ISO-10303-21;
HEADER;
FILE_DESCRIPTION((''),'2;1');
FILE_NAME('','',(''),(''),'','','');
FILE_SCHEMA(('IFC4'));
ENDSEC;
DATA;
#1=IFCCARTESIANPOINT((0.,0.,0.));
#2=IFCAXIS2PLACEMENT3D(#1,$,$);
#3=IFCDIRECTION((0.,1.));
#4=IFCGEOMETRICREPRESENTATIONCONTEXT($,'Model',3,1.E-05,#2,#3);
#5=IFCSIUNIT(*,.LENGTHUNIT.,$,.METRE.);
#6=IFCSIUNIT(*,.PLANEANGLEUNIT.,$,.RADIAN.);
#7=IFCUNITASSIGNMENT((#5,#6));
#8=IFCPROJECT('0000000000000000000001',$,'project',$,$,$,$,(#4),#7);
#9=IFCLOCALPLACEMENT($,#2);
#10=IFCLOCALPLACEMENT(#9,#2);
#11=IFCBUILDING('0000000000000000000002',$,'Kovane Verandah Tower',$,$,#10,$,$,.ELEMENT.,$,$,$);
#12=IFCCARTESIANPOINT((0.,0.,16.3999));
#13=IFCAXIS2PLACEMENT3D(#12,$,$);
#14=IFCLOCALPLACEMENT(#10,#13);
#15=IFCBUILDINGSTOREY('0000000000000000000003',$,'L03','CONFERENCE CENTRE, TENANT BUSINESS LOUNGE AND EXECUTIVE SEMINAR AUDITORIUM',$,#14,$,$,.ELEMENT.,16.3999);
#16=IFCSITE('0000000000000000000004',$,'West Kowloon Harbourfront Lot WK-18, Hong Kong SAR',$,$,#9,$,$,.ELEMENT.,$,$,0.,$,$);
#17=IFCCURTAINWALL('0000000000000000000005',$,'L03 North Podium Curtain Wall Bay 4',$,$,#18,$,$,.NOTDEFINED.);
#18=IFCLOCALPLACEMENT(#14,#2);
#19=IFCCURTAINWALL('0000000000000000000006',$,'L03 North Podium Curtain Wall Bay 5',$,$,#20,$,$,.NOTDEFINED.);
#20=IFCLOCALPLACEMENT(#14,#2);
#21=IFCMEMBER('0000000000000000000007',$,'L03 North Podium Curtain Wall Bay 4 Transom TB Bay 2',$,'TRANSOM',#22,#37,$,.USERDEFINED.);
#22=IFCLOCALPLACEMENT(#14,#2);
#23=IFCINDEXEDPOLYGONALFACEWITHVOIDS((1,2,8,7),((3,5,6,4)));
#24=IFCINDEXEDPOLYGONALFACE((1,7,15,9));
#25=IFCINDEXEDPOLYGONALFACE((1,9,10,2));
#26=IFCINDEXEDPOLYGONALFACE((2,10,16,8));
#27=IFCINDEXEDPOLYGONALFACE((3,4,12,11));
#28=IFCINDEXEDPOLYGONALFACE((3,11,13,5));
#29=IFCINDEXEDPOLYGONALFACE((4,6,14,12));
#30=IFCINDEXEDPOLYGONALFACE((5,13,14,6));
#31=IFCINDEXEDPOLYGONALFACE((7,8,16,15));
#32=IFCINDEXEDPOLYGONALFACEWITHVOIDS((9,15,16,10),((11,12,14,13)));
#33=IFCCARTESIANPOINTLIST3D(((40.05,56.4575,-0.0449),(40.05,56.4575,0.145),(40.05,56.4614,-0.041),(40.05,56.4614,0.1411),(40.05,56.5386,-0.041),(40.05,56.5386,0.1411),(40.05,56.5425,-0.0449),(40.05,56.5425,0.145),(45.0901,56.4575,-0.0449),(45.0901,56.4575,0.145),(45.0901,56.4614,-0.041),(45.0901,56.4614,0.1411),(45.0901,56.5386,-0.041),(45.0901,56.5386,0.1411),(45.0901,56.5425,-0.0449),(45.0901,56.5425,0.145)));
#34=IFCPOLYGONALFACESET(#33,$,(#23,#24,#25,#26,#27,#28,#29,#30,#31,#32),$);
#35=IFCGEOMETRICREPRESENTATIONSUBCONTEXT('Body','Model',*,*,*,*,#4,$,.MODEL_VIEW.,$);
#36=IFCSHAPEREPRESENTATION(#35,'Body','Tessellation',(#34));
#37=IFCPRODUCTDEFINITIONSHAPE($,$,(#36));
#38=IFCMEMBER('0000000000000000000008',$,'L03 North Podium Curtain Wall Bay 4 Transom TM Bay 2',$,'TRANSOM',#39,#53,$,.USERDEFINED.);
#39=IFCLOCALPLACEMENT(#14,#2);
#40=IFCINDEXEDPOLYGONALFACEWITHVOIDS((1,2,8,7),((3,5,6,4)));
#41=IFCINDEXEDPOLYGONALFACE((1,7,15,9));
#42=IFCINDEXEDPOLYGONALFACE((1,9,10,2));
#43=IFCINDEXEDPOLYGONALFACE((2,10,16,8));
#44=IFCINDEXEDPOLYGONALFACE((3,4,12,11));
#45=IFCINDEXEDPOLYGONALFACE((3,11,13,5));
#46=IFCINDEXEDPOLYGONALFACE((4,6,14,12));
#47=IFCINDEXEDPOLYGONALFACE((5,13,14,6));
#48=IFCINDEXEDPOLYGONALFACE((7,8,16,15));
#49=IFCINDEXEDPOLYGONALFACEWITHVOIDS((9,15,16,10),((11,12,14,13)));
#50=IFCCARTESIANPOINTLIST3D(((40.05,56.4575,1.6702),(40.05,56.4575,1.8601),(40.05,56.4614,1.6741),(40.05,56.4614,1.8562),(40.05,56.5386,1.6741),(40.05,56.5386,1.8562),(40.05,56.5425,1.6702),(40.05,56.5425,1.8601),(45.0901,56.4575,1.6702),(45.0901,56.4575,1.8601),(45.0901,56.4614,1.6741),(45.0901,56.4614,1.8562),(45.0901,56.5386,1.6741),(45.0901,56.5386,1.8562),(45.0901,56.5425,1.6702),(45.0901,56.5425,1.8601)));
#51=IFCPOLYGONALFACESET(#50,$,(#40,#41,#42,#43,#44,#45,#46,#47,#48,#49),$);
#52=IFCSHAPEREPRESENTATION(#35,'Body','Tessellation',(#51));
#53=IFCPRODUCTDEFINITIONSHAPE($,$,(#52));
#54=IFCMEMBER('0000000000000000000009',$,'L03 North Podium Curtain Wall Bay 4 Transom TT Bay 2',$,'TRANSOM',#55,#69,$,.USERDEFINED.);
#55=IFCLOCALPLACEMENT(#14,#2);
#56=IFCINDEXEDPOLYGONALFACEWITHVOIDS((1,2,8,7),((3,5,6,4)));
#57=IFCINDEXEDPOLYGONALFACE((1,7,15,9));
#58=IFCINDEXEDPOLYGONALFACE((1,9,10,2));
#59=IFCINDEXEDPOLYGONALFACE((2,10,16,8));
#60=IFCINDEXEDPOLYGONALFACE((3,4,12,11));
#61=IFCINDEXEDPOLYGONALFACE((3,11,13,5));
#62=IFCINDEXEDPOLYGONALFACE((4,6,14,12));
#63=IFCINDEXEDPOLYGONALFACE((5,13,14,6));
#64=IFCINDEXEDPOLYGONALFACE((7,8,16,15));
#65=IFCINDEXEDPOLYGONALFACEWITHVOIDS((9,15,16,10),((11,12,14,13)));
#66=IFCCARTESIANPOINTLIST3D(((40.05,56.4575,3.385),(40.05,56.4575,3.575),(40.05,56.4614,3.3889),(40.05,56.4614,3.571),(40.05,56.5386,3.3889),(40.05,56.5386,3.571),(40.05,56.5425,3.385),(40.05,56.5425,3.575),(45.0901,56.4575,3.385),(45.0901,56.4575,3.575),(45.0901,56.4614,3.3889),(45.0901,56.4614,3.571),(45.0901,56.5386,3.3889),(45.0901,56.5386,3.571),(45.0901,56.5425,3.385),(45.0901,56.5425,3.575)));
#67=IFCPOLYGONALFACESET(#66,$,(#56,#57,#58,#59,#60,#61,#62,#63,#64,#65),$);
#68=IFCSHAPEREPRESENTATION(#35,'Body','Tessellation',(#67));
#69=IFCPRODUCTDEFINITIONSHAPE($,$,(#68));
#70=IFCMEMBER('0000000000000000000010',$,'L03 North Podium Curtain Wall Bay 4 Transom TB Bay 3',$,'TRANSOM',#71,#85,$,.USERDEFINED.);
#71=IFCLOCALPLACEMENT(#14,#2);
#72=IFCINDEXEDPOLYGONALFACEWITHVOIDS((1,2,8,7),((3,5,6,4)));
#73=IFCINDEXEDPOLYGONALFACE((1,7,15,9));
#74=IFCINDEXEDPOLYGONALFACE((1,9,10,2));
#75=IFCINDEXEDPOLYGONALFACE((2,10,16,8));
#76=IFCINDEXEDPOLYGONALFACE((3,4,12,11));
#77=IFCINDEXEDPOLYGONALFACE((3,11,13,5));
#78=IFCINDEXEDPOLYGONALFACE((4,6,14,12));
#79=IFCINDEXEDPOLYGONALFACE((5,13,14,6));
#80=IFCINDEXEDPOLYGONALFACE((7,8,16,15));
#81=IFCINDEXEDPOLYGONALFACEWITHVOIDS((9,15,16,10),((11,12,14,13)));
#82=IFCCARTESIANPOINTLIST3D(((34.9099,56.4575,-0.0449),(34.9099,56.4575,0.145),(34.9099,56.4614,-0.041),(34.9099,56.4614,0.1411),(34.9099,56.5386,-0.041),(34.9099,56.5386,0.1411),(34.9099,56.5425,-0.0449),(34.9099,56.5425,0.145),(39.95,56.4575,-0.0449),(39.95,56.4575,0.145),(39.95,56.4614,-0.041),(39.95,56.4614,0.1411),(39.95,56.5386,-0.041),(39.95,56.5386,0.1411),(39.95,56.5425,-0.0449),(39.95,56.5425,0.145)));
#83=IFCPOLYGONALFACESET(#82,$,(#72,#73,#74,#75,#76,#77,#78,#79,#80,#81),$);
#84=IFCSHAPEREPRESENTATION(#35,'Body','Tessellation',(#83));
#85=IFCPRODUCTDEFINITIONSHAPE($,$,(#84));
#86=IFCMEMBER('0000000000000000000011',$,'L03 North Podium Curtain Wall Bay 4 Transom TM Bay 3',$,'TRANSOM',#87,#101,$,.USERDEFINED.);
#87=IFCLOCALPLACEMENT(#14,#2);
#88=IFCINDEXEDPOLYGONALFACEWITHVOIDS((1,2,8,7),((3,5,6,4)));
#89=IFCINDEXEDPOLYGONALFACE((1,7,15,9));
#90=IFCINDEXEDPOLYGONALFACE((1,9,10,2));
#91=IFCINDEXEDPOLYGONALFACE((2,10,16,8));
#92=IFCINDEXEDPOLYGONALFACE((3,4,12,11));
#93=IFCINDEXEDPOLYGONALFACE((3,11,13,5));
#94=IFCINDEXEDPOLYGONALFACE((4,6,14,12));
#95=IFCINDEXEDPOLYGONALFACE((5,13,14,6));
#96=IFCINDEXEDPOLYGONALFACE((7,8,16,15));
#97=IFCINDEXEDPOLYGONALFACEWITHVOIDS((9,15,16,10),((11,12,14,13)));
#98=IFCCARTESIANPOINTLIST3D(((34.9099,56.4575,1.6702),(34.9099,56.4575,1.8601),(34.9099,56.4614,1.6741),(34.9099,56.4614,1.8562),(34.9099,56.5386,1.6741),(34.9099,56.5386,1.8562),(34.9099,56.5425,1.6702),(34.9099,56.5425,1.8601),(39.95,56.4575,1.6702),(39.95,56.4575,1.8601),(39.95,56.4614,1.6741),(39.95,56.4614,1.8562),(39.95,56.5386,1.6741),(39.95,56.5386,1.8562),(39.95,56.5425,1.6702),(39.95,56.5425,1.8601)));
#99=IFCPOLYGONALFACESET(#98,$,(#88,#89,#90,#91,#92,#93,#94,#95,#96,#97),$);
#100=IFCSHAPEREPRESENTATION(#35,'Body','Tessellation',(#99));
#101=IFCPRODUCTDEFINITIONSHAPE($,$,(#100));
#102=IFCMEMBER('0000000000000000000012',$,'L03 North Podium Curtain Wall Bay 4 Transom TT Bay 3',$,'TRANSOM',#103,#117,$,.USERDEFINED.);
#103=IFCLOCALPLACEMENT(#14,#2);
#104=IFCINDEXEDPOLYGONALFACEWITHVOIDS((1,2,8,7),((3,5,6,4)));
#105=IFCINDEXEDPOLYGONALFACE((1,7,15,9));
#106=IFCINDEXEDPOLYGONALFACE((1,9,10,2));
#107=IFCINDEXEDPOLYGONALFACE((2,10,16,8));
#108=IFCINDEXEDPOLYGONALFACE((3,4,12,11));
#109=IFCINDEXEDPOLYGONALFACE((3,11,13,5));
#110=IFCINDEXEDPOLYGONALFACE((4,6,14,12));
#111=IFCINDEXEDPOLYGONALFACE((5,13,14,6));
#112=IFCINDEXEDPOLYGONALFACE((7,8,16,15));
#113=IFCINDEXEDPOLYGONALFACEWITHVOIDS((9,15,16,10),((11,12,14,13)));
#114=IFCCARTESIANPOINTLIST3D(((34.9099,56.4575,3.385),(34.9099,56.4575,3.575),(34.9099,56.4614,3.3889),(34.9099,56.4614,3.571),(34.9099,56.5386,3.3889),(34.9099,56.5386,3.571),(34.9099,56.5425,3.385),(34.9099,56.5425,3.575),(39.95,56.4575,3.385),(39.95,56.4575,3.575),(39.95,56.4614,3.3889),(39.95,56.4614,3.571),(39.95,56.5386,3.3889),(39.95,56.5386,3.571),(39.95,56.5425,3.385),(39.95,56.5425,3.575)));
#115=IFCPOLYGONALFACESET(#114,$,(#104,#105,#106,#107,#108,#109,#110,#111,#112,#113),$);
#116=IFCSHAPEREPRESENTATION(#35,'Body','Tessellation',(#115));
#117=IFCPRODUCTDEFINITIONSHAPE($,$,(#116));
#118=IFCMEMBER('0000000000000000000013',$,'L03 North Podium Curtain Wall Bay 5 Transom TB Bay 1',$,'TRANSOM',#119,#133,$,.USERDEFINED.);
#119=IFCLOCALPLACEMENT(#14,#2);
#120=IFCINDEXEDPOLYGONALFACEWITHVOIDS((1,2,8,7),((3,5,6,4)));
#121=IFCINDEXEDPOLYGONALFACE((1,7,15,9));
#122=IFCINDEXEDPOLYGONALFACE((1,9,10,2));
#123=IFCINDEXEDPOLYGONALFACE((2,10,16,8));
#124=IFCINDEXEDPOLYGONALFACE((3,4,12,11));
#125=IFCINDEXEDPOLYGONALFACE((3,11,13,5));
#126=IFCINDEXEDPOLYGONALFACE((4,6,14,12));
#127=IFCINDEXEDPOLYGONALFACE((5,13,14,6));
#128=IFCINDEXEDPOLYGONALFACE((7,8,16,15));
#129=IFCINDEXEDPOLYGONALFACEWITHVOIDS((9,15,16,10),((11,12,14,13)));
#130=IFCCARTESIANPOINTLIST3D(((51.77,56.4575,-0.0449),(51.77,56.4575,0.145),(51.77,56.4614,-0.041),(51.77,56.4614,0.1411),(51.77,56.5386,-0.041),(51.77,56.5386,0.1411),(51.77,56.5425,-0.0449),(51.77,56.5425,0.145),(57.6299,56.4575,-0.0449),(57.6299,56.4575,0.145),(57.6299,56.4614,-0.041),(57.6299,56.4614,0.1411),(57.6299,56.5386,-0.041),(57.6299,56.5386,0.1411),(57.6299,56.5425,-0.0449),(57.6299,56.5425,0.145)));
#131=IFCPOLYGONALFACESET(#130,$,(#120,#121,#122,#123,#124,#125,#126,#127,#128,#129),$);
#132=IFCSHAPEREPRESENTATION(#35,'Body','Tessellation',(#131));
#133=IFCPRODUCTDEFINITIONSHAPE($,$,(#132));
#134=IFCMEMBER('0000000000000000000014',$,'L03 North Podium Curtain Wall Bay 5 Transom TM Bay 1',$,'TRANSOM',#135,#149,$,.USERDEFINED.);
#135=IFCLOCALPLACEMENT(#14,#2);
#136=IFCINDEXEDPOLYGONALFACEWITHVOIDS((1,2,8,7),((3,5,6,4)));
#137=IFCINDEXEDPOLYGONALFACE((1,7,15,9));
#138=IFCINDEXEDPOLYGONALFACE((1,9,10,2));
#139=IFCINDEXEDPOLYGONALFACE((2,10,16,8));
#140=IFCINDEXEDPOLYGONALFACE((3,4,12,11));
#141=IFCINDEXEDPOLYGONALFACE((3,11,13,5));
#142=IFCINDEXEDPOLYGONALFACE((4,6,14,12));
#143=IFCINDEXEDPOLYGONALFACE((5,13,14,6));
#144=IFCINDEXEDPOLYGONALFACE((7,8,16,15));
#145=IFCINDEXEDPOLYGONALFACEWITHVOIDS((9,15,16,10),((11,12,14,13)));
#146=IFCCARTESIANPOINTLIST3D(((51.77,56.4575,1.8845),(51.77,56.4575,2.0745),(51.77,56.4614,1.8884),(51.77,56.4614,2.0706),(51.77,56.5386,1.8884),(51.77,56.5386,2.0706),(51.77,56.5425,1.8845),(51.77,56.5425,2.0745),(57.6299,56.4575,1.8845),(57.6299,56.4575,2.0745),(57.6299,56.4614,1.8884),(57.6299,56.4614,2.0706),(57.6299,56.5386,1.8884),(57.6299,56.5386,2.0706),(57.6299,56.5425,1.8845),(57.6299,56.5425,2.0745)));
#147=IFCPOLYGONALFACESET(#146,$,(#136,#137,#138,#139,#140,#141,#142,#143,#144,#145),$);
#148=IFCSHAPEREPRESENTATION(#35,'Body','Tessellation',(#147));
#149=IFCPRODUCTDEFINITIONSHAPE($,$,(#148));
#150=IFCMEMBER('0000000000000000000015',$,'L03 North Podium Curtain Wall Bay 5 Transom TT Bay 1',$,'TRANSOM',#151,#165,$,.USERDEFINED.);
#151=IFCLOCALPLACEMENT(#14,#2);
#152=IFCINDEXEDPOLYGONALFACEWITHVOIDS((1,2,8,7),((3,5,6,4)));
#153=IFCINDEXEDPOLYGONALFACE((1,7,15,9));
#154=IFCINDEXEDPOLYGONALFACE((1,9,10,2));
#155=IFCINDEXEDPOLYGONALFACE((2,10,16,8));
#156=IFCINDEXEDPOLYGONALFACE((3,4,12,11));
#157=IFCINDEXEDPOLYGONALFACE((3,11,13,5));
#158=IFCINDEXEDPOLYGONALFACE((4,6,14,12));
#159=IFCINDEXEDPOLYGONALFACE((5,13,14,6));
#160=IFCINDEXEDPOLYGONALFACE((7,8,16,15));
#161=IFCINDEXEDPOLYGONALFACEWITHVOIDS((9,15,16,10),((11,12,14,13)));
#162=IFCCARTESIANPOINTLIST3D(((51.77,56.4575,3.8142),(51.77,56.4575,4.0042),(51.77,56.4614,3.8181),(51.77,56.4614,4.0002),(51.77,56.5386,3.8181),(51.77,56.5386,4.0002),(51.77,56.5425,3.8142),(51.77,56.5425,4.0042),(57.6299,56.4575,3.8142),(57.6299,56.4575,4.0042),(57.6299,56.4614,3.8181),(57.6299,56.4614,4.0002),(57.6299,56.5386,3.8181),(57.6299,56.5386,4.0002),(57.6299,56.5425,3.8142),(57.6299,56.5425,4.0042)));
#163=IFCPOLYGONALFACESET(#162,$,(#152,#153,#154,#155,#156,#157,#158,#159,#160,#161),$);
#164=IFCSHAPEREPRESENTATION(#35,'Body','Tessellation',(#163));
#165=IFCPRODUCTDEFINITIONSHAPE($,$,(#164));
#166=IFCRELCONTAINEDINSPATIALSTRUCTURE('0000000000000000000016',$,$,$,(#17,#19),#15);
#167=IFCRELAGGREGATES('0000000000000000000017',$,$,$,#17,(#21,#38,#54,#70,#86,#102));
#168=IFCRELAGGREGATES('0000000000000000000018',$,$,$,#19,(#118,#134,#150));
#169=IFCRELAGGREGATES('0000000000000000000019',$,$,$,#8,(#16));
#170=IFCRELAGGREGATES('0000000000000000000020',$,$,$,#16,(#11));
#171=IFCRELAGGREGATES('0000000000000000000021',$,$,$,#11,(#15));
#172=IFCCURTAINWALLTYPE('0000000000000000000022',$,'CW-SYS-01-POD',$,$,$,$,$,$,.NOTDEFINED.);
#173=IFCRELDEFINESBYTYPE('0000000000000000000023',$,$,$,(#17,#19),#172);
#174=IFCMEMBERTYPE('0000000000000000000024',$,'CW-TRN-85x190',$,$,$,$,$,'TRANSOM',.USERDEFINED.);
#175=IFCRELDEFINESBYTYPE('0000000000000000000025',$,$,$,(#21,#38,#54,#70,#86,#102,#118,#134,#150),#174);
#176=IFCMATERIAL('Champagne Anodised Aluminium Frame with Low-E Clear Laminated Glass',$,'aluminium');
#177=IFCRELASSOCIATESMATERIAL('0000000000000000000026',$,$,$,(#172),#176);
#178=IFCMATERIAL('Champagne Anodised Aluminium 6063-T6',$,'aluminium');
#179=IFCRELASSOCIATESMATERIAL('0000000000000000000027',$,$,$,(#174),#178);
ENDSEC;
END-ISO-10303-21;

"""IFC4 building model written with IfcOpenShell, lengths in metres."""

from ifc_helpers import new_model, si_unit, direction, frame, origin, origin_2d, place, context, subcontext, project, spatial, hollow_rectangle, extrude, material, material_profile, profile_set, type_object, element, aggregate, save


model = new_model("IFC4")

# Units and contexts
model_context = context("Model", 3, precision=1e-05, world=origin(), true_north=direction((0.0, 1.0)))
body_context = subcontext(model_context, "Body", "Model", "MODEL_VIEW")
ifc_project = project(units=[si_unit("LENGTHUNIT", "METRE"), si_unit("PLANEANGLEUNIT", "RADIAN")], contexts=[model_context])

# Site, building, storey
site_placement = place(None, origin())
site = spatial("IfcSite", under=ifc_project, at=site_placement, Name="West Kowloon Harbourfront Lot WK-18, Hong Kong SAR", CompositionType="ELEMENT", RefElevation=0.0)
building_placement = place(site_placement, origin())
building = spatial("IfcBuilding", under=site, at=building_placement, Name="Kovane Verandah Tower", CompositionType="ELEMENT")
storey_placement = place(building_placement, frame((0.0, 0.0, 16.3999)))
storey = spatial("IfcBuildingStorey", under=building, at=storey_placement, Name="L03", Description="CONFERENCE CENTRE, TENANT BUSINESS LOUNGE AND EXECUTIVE SEMINAR AUDITORIUM", CompositionType="ELEMENT", Elevation=16.3999)

# Curtain walls
ifc_material_1 = material(Name="Champagne Anodised Aluminium Frame with Low-E Clear Laminated Glass", Category="aluminium")
curtain_wall_type = type_object("IfcCurtainWallType", Name="CW-SYS-01-POD", PredefinedType="NOTDEFINED", material=ifc_material_1)
curtain_wall_1_placement = place(storey_placement, origin())
curtain_wall_1 = element("IfcCurtainWall", 1, at=curtain_wall_1_placement, inside=storey, type_object=curtain_wall_type, Name="L03 North Podium Curtain Wall Bay 4", PredefinedType="NOTDEFINED")
ifc_material_2 = material(Name="Champagne Anodised Aluminium 6063-T6", Category="aluminium")
curtain_wall_2_placement = place(storey_placement, origin())
curtain_wall_2 = element("IfcCurtainWall", 2, at=curtain_wall_2_placement, inside=storey, type_object=curtain_wall_type, Name="L03 North Podium Curtain Wall Bay 5", PredefinedType="NOTDEFINED")

# Members
ifc_material_profile_1 = material_profile(ifc_material_2, hollow_rectangle(XDim=0.085, YDim=0.1899, WallThickness=0.0039, at=origin_2d()), Name="AL85x190x4")
ifc_profile_set_1 = profile_set([ifc_material_profile_1], Name="Champagne Anodised Aluminium 6063-T6")
member_type_1 = type_object("IfcMemberType", Name="CW-TRN-85x190", ElementType="TRANSOM", PredefinedType="USERDEFINED", material=ifc_profile_set_1)
member_1_placement = place(storey_placement, frame((45.0901, 56.5, 0.05), z_axis=(-1.0, 0.0, 0.0), x_axis=(0.0, -1.0, 0.0)))
member_1 = element("IfcMember", 3, at=member_1_placement, type_object=member_type_1, Name="L03 North Podium Curtain Wall Bay 4 Transom TB Bay 2", ObjectType="TRANSOM", PredefinedType="USERDEFINED", context=body_context, shape_type="SweptSolid", body=[
    extrude(hollow_rectangle(XDim=0.085, YDim=0.1899, WallThickness=0.0039, at=origin_2d()), origin(), (0.0, 0.0, 1.0), 5.04),
])
member_2_placement = place(storey_placement, frame((45.0901, 56.5, 1.7651), z_axis=(-1.0, 0.0, 0.0), x_axis=(0.0, -1.0, 0.0)))
member_2 = element("IfcMember", 4, at=member_2_placement, type_object=member_type_1, Name="L03 North Podium Curtain Wall Bay 4 Transom TM Bay 2", ObjectType="TRANSOM", PredefinedType="USERDEFINED", context=body_context, shape_type="SweptSolid", body=[
    extrude(hollow_rectangle(XDim=0.085, YDim=0.1899, WallThickness=0.0039, at=origin_2d()), origin(), (0.0, 0.0, 1.0), 5.04),
])
member_3_placement = place(storey_placement, frame((45.0901, 56.5, 3.48), z_axis=(-1.0, 0.0, 0.0), x_axis=(0.0, -1.0, 0.0)))
member_3 = element("IfcMember", 5, at=member_3_placement, type_object=member_type_1, Name="L03 North Podium Curtain Wall Bay 4 Transom TT Bay 2", ObjectType="TRANSOM", PredefinedType="USERDEFINED", context=body_context, shape_type="SweptSolid", body=[
    extrude(hollow_rectangle(XDim=0.085, YDim=0.1899, WallThickness=0.0039, at=origin_2d()), origin(), (0.0, 0.0, 1.0), 5.04),
])
member_4_placement = place(storey_placement, frame((39.95, 56.5, 0.05), z_axis=(-1.0, 0.0, 0.0), x_axis=(0.0, -1.0, 0.0)))
member_4 = element("IfcMember", 6, at=member_4_placement, type_object=member_type_1, Name="L03 North Podium Curtain Wall Bay 4 Transom TB Bay 3", ObjectType="TRANSOM", PredefinedType="USERDEFINED", context=body_context, shape_type="SweptSolid", body=[
    extrude(hollow_rectangle(XDim=0.085, YDim=0.1899, WallThickness=0.0039, at=origin_2d()), origin(), (0.0, 0.0, 1.0), 5.04),
])
member_5_placement = place(storey_placement, frame((39.95, 56.5, 1.7651), z_axis=(-1.0, 0.0, 0.0), x_axis=(0.0, -1.0, 0.0)))
member_5 = element("IfcMember", 7, at=member_5_placement, type_object=member_type_1, Name="L03 North Podium Curtain Wall Bay 4 Transom TM Bay 3", ObjectType="TRANSOM", PredefinedType="USERDEFINED", context=body_context, shape_type="SweptSolid", body=[
    extrude(hollow_rectangle(XDim=0.085, YDim=0.1899, WallThickness=0.0039, at=origin_2d()), origin(), (0.0, 0.0, 1.0), 5.04),
])
member_6_placement = place(storey_placement, frame((39.95, 56.5, 3.48), z_axis=(-1.0, 0.0, 0.0), x_axis=(0.0, -1.0, 0.0)))
member_6 = element("IfcMember", 8, at=member_6_placement, type_object=member_type_1, Name="L03 North Podium Curtain Wall Bay 4 Transom TT Bay 3", ObjectType="TRANSOM", PredefinedType="USERDEFINED", context=body_context, shape_type="SweptSolid", body=[
    extrude(hollow_rectangle(XDim=0.085, YDim=0.1899, WallThickness=0.0039, at=origin_2d()), origin(), (0.0, 0.0, 1.0), 5.04),
])
member_7_placement = place(storey_placement, frame((57.6299, 56.5, 0.05), z_axis=(-1.0, 0.0, 0.0), x_axis=(0.0, -1.0, 0.0)))
member_7 = element("IfcMember", 9, at=member_7_placement, type_object=member_type_1, Name="L03 North Podium Curtain Wall Bay 5 Transom TB Bay 1", ObjectType="TRANSOM", PredefinedType="USERDEFINED", context=body_context, shape_type="SweptSolid", body=[
    extrude(hollow_rectangle(XDim=0.085, YDim=0.1899, WallThickness=0.0039, at=origin_2d()), origin(), (0.0, 0.0, 1.0), 5.8599),
])
member_8_placement = place(storey_placement, frame((57.6299, 56.5, 1.9795), z_axis=(-1.0, 0.0, 0.0), x_axis=(0.0, -1.0, 0.0)))
member_8 = element("IfcMember", 10, at=member_8_placement, type_object=member_type_1, Name="L03 North Podium Curtain Wall Bay 5 Transom TM Bay 1", ObjectType="TRANSOM", PredefinedType="USERDEFINED", context=body_context, shape_type="SweptSolid", body=[
    extrude(hollow_rectangle(XDim=0.085, YDim=0.1899, WallThickness=0.0039, at=origin_2d()), origin(), (0.0, 0.0, 1.0), 5.8599),
])
member_9_placement = place(storey_placement, frame((57.6299, 56.5, 3.9092), z_axis=(-1.0, 0.0, 0.0), x_axis=(0.0, -1.0, 0.0)))
member_9 = element("IfcMember", 11, at=member_9_placement, type_object=member_type_1, Name="L03 North Podium Curtain Wall Bay 5 Transom TT Bay 1", ObjectType="TRANSOM", PredefinedType="USERDEFINED", context=body_context, shape_type="SweptSolid", body=[
    extrude(hollow_rectangle(XDim=0.085, YDim=0.1899, WallThickness=0.0039, at=origin_2d()), origin(), (0.0, 0.0, 1.0), 5.8599),
])

aggregate(curtain_wall_1, [member_1, member_2, member_3, member_4, member_5, member_6])
aggregate(curtain_wall_2, [member_7, member_8, member_9])

save(model, "model.ifc")
